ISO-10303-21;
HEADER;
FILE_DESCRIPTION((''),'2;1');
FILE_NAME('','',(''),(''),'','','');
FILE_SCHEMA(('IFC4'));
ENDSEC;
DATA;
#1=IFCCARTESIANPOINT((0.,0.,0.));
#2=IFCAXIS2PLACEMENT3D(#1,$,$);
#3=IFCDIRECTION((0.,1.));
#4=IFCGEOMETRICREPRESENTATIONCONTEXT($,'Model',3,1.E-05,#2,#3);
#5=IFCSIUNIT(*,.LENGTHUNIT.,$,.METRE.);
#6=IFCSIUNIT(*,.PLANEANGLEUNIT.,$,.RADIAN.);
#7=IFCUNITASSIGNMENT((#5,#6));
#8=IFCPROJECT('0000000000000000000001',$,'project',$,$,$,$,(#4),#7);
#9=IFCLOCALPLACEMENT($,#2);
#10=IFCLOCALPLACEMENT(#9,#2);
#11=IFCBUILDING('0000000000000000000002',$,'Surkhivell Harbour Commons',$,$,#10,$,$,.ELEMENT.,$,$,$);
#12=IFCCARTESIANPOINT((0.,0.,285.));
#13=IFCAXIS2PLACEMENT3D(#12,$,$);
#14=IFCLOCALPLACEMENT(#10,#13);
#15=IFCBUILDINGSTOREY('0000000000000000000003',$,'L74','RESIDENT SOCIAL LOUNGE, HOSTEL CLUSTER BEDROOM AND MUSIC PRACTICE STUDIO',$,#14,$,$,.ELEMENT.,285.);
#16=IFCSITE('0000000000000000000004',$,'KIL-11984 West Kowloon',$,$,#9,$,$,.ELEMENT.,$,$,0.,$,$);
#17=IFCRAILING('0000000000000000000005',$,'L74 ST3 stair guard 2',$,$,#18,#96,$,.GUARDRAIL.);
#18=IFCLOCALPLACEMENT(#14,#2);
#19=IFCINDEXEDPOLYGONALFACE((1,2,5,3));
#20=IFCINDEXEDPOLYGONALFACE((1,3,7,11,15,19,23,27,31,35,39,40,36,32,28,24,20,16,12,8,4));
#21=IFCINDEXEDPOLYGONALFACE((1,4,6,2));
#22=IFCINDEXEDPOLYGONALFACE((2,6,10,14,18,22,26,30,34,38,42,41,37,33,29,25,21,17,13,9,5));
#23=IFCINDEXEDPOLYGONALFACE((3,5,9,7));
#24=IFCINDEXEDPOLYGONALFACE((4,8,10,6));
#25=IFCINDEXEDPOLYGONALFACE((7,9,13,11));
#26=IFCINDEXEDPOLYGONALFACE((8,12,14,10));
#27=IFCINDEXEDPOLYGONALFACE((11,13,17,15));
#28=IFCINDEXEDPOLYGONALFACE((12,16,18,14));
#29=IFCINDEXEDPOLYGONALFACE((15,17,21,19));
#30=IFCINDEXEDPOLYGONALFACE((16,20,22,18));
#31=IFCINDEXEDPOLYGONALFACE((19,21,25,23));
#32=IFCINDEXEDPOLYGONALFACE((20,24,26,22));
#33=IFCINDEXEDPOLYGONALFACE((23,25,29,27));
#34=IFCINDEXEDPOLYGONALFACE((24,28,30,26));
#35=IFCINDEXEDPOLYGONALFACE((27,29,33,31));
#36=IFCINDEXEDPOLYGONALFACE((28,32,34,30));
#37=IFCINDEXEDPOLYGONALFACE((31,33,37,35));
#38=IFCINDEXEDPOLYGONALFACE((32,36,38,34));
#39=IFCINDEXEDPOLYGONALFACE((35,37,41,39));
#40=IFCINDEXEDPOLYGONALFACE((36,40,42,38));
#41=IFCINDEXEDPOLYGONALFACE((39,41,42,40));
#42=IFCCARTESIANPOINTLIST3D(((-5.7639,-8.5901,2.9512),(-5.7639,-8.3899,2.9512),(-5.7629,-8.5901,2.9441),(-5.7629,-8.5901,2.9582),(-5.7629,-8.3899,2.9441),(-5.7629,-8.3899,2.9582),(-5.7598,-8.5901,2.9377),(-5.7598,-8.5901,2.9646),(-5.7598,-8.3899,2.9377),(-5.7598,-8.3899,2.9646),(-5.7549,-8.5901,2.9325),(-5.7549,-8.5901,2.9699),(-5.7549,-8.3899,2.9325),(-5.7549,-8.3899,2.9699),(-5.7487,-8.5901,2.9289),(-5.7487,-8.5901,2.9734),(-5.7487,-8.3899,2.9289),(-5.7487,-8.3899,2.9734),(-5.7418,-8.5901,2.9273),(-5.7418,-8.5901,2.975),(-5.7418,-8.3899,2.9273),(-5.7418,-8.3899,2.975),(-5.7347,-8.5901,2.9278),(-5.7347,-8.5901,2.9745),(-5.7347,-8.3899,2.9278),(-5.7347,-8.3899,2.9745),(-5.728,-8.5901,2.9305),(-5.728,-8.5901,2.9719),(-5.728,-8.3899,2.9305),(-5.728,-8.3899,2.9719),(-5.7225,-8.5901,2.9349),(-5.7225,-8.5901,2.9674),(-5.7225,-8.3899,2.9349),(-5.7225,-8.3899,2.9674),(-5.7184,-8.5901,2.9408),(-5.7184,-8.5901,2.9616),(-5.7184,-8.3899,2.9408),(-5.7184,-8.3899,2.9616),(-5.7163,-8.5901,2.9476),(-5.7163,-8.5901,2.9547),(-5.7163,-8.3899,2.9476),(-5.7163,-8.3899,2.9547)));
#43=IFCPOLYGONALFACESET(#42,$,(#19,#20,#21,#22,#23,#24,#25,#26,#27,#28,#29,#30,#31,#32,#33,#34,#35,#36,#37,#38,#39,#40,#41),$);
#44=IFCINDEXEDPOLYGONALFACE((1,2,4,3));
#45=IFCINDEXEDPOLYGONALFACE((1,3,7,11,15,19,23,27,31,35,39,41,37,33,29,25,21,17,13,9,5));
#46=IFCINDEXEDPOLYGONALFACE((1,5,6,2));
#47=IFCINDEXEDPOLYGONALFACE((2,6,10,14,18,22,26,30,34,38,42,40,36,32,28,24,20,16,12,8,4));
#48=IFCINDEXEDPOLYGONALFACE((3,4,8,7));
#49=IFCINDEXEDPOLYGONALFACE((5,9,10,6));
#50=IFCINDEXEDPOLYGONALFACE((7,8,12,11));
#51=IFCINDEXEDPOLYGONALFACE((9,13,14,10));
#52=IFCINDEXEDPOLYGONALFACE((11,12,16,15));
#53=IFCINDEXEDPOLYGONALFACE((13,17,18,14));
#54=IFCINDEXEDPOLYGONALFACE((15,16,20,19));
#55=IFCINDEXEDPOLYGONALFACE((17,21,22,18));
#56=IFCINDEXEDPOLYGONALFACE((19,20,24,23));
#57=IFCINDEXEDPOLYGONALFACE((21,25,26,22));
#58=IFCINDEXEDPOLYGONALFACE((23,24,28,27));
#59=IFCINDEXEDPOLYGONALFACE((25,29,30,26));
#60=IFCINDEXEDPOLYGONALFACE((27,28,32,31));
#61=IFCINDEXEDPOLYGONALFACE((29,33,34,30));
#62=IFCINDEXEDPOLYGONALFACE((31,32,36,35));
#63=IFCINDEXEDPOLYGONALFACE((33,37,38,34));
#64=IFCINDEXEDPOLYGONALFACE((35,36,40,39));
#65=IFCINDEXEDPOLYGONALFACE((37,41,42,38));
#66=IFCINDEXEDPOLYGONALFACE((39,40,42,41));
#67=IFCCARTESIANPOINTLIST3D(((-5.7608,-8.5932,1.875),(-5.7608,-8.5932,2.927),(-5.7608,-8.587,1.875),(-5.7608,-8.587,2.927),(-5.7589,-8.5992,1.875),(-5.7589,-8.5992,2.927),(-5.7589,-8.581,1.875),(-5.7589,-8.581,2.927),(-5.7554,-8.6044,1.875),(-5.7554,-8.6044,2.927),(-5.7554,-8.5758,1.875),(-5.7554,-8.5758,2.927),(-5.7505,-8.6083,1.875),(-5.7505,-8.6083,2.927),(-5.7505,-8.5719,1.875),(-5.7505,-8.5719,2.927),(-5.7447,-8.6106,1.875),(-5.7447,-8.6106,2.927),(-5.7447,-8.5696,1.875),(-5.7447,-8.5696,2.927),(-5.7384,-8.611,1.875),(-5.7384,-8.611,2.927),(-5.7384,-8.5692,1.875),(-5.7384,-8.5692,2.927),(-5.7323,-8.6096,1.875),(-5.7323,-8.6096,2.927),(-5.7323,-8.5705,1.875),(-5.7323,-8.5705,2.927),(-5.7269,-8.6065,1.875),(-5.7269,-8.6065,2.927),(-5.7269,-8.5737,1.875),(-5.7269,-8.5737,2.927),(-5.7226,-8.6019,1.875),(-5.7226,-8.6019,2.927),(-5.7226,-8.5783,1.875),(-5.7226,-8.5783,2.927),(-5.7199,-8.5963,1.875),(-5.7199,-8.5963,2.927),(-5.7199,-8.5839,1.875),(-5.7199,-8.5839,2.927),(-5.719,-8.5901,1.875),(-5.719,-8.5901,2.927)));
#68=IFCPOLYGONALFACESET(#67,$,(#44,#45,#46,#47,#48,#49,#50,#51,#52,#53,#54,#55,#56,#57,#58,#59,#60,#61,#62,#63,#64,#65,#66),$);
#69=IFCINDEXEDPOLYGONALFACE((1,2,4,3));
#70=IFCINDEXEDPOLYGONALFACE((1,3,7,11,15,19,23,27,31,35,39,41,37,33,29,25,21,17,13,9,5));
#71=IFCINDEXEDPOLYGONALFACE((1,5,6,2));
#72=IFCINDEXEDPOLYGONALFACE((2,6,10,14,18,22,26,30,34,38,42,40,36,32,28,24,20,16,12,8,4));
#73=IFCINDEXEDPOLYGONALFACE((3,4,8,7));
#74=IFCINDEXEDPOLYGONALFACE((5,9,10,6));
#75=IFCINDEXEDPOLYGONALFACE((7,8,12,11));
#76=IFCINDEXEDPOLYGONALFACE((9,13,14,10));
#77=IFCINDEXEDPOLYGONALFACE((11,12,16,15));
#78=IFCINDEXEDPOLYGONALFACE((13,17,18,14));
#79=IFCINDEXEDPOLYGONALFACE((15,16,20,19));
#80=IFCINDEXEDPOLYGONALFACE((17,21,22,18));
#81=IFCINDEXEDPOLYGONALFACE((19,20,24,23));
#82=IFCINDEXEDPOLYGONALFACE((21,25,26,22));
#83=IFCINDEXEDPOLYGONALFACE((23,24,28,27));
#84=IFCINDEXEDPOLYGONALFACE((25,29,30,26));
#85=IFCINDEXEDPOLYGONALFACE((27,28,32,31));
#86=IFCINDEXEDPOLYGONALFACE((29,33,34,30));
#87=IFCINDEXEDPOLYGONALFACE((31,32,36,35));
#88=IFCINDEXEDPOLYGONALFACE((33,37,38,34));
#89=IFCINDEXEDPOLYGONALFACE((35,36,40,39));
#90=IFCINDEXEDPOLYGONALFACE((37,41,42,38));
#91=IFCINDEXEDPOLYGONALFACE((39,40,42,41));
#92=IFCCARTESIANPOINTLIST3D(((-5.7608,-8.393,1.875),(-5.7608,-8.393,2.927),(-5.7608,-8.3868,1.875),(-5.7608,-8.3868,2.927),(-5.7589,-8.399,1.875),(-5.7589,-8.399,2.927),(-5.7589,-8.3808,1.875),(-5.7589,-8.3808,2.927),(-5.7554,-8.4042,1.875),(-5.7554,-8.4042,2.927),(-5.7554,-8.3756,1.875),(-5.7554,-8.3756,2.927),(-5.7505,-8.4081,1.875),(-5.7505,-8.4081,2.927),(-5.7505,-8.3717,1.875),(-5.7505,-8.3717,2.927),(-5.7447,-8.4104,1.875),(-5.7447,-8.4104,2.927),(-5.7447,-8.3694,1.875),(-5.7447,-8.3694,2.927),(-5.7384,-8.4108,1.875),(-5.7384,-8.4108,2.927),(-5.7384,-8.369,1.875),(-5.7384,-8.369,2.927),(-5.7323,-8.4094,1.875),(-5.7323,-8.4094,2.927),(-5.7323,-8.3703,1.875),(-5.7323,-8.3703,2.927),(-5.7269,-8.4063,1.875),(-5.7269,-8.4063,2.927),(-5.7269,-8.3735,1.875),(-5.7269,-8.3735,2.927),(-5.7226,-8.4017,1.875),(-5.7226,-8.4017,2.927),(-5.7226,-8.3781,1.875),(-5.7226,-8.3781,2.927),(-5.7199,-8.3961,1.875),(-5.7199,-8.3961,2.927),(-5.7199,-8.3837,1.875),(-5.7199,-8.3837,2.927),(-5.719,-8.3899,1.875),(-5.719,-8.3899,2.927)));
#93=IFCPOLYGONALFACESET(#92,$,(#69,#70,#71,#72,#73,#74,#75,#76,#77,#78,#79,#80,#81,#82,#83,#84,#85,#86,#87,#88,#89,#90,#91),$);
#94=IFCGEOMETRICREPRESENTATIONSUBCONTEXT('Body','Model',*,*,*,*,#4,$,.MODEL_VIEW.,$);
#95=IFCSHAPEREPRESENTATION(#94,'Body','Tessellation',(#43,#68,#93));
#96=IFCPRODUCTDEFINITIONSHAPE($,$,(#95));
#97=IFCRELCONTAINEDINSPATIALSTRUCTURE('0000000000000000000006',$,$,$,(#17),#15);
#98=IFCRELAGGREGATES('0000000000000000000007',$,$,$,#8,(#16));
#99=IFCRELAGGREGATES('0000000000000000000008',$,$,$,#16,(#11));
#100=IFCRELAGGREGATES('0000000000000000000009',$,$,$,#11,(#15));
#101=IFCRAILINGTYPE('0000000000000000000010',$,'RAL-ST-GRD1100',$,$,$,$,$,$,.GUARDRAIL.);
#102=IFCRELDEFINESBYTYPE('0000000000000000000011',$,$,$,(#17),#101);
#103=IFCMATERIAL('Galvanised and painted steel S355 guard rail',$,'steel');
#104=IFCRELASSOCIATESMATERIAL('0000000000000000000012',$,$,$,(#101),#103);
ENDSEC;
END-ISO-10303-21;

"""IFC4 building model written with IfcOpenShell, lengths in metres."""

from ifc_helpers import new_model, si_unit, direction, frame, origin, origin_2d, place, context, subcontext, project, spatial, circle, extrude, material, type_object, element, save


model = new_model("IFC4")

# Units and contexts
model_context = context("Model", 3, precision=1e-05, world=origin(), true_north=direction((0.0, 1.0)))
body_context = subcontext(model_context, "Body", "Model", "MODEL_VIEW")
ifc_project = project(units=[si_unit("LENGTHUNIT", "METRE"), si_unit("PLANEANGLEUNIT", "RADIAN")], contexts=[model_context])

# Site, building, storey
site_placement = place(None, origin())
site = spatial("IfcSite", under=ifc_project, at=site_placement, Name="KIL-11984 West Kowloon", CompositionType="ELEMENT", RefElevation=0.0)
building_placement = place(site_placement, origin())
building = spatial("IfcBuilding", under=site, at=building_placement, Name="Surkhivell Harbour Commons", CompositionType="ELEMENT")
storey_placement = place(building_placement, frame((0.0, 0.0, 285.0)))
storey = spatial("IfcBuildingStorey", under=building, at=storey_placement, Name="L74", Description="RESIDENT SOCIAL LOUNGE, HOSTEL CLUSTER BEDROOM AND MUSIC PRACTICE STUDIO", CompositionType="ELEMENT", Elevation=285.0)

# Railing
ifc_material_1 = material(Name="Galvanised and painted steel S355 guard rail", Category="steel")
railing_type_1 = type_object("IfcRailingType", Name="RAL-ST-GRD1100", PredefinedType="GUARDRAIL", material=ifc_material_1)
railing_1_placement = place(storey_placement, frame((-5.74, -8.5901, 1.875)))
element("IfcRailing", 1, at=railing_1_placement, inside=storey, type_object=railing_type_1, Name="L74 ST3 stair guard 2", PredefinedType="GUARDRAIL", context=body_context, shape_type="SweptSolid", body=[
    extrude(circle(Radius=0.0239, at=origin_2d()), frame((0.0, 0.0, 1.0762), z_axis=(0.0, 1.0, 0.0), x_axis=(-1.0, 0.0, 0.0)), (0.0, 0.0, 1.0), 0.2002),
    extrude(circle(Radius=0.021, at=origin_2d()), origin(), (0.0, 0.0, 1.0), 1.052),
    extrude(circle(Radius=0.021, at=origin_2d()), frame((0.0, 0.2002, 0.0)), (0.0, 0.0, 1.0), 1.052),
])

save(model, "model.ifc")
